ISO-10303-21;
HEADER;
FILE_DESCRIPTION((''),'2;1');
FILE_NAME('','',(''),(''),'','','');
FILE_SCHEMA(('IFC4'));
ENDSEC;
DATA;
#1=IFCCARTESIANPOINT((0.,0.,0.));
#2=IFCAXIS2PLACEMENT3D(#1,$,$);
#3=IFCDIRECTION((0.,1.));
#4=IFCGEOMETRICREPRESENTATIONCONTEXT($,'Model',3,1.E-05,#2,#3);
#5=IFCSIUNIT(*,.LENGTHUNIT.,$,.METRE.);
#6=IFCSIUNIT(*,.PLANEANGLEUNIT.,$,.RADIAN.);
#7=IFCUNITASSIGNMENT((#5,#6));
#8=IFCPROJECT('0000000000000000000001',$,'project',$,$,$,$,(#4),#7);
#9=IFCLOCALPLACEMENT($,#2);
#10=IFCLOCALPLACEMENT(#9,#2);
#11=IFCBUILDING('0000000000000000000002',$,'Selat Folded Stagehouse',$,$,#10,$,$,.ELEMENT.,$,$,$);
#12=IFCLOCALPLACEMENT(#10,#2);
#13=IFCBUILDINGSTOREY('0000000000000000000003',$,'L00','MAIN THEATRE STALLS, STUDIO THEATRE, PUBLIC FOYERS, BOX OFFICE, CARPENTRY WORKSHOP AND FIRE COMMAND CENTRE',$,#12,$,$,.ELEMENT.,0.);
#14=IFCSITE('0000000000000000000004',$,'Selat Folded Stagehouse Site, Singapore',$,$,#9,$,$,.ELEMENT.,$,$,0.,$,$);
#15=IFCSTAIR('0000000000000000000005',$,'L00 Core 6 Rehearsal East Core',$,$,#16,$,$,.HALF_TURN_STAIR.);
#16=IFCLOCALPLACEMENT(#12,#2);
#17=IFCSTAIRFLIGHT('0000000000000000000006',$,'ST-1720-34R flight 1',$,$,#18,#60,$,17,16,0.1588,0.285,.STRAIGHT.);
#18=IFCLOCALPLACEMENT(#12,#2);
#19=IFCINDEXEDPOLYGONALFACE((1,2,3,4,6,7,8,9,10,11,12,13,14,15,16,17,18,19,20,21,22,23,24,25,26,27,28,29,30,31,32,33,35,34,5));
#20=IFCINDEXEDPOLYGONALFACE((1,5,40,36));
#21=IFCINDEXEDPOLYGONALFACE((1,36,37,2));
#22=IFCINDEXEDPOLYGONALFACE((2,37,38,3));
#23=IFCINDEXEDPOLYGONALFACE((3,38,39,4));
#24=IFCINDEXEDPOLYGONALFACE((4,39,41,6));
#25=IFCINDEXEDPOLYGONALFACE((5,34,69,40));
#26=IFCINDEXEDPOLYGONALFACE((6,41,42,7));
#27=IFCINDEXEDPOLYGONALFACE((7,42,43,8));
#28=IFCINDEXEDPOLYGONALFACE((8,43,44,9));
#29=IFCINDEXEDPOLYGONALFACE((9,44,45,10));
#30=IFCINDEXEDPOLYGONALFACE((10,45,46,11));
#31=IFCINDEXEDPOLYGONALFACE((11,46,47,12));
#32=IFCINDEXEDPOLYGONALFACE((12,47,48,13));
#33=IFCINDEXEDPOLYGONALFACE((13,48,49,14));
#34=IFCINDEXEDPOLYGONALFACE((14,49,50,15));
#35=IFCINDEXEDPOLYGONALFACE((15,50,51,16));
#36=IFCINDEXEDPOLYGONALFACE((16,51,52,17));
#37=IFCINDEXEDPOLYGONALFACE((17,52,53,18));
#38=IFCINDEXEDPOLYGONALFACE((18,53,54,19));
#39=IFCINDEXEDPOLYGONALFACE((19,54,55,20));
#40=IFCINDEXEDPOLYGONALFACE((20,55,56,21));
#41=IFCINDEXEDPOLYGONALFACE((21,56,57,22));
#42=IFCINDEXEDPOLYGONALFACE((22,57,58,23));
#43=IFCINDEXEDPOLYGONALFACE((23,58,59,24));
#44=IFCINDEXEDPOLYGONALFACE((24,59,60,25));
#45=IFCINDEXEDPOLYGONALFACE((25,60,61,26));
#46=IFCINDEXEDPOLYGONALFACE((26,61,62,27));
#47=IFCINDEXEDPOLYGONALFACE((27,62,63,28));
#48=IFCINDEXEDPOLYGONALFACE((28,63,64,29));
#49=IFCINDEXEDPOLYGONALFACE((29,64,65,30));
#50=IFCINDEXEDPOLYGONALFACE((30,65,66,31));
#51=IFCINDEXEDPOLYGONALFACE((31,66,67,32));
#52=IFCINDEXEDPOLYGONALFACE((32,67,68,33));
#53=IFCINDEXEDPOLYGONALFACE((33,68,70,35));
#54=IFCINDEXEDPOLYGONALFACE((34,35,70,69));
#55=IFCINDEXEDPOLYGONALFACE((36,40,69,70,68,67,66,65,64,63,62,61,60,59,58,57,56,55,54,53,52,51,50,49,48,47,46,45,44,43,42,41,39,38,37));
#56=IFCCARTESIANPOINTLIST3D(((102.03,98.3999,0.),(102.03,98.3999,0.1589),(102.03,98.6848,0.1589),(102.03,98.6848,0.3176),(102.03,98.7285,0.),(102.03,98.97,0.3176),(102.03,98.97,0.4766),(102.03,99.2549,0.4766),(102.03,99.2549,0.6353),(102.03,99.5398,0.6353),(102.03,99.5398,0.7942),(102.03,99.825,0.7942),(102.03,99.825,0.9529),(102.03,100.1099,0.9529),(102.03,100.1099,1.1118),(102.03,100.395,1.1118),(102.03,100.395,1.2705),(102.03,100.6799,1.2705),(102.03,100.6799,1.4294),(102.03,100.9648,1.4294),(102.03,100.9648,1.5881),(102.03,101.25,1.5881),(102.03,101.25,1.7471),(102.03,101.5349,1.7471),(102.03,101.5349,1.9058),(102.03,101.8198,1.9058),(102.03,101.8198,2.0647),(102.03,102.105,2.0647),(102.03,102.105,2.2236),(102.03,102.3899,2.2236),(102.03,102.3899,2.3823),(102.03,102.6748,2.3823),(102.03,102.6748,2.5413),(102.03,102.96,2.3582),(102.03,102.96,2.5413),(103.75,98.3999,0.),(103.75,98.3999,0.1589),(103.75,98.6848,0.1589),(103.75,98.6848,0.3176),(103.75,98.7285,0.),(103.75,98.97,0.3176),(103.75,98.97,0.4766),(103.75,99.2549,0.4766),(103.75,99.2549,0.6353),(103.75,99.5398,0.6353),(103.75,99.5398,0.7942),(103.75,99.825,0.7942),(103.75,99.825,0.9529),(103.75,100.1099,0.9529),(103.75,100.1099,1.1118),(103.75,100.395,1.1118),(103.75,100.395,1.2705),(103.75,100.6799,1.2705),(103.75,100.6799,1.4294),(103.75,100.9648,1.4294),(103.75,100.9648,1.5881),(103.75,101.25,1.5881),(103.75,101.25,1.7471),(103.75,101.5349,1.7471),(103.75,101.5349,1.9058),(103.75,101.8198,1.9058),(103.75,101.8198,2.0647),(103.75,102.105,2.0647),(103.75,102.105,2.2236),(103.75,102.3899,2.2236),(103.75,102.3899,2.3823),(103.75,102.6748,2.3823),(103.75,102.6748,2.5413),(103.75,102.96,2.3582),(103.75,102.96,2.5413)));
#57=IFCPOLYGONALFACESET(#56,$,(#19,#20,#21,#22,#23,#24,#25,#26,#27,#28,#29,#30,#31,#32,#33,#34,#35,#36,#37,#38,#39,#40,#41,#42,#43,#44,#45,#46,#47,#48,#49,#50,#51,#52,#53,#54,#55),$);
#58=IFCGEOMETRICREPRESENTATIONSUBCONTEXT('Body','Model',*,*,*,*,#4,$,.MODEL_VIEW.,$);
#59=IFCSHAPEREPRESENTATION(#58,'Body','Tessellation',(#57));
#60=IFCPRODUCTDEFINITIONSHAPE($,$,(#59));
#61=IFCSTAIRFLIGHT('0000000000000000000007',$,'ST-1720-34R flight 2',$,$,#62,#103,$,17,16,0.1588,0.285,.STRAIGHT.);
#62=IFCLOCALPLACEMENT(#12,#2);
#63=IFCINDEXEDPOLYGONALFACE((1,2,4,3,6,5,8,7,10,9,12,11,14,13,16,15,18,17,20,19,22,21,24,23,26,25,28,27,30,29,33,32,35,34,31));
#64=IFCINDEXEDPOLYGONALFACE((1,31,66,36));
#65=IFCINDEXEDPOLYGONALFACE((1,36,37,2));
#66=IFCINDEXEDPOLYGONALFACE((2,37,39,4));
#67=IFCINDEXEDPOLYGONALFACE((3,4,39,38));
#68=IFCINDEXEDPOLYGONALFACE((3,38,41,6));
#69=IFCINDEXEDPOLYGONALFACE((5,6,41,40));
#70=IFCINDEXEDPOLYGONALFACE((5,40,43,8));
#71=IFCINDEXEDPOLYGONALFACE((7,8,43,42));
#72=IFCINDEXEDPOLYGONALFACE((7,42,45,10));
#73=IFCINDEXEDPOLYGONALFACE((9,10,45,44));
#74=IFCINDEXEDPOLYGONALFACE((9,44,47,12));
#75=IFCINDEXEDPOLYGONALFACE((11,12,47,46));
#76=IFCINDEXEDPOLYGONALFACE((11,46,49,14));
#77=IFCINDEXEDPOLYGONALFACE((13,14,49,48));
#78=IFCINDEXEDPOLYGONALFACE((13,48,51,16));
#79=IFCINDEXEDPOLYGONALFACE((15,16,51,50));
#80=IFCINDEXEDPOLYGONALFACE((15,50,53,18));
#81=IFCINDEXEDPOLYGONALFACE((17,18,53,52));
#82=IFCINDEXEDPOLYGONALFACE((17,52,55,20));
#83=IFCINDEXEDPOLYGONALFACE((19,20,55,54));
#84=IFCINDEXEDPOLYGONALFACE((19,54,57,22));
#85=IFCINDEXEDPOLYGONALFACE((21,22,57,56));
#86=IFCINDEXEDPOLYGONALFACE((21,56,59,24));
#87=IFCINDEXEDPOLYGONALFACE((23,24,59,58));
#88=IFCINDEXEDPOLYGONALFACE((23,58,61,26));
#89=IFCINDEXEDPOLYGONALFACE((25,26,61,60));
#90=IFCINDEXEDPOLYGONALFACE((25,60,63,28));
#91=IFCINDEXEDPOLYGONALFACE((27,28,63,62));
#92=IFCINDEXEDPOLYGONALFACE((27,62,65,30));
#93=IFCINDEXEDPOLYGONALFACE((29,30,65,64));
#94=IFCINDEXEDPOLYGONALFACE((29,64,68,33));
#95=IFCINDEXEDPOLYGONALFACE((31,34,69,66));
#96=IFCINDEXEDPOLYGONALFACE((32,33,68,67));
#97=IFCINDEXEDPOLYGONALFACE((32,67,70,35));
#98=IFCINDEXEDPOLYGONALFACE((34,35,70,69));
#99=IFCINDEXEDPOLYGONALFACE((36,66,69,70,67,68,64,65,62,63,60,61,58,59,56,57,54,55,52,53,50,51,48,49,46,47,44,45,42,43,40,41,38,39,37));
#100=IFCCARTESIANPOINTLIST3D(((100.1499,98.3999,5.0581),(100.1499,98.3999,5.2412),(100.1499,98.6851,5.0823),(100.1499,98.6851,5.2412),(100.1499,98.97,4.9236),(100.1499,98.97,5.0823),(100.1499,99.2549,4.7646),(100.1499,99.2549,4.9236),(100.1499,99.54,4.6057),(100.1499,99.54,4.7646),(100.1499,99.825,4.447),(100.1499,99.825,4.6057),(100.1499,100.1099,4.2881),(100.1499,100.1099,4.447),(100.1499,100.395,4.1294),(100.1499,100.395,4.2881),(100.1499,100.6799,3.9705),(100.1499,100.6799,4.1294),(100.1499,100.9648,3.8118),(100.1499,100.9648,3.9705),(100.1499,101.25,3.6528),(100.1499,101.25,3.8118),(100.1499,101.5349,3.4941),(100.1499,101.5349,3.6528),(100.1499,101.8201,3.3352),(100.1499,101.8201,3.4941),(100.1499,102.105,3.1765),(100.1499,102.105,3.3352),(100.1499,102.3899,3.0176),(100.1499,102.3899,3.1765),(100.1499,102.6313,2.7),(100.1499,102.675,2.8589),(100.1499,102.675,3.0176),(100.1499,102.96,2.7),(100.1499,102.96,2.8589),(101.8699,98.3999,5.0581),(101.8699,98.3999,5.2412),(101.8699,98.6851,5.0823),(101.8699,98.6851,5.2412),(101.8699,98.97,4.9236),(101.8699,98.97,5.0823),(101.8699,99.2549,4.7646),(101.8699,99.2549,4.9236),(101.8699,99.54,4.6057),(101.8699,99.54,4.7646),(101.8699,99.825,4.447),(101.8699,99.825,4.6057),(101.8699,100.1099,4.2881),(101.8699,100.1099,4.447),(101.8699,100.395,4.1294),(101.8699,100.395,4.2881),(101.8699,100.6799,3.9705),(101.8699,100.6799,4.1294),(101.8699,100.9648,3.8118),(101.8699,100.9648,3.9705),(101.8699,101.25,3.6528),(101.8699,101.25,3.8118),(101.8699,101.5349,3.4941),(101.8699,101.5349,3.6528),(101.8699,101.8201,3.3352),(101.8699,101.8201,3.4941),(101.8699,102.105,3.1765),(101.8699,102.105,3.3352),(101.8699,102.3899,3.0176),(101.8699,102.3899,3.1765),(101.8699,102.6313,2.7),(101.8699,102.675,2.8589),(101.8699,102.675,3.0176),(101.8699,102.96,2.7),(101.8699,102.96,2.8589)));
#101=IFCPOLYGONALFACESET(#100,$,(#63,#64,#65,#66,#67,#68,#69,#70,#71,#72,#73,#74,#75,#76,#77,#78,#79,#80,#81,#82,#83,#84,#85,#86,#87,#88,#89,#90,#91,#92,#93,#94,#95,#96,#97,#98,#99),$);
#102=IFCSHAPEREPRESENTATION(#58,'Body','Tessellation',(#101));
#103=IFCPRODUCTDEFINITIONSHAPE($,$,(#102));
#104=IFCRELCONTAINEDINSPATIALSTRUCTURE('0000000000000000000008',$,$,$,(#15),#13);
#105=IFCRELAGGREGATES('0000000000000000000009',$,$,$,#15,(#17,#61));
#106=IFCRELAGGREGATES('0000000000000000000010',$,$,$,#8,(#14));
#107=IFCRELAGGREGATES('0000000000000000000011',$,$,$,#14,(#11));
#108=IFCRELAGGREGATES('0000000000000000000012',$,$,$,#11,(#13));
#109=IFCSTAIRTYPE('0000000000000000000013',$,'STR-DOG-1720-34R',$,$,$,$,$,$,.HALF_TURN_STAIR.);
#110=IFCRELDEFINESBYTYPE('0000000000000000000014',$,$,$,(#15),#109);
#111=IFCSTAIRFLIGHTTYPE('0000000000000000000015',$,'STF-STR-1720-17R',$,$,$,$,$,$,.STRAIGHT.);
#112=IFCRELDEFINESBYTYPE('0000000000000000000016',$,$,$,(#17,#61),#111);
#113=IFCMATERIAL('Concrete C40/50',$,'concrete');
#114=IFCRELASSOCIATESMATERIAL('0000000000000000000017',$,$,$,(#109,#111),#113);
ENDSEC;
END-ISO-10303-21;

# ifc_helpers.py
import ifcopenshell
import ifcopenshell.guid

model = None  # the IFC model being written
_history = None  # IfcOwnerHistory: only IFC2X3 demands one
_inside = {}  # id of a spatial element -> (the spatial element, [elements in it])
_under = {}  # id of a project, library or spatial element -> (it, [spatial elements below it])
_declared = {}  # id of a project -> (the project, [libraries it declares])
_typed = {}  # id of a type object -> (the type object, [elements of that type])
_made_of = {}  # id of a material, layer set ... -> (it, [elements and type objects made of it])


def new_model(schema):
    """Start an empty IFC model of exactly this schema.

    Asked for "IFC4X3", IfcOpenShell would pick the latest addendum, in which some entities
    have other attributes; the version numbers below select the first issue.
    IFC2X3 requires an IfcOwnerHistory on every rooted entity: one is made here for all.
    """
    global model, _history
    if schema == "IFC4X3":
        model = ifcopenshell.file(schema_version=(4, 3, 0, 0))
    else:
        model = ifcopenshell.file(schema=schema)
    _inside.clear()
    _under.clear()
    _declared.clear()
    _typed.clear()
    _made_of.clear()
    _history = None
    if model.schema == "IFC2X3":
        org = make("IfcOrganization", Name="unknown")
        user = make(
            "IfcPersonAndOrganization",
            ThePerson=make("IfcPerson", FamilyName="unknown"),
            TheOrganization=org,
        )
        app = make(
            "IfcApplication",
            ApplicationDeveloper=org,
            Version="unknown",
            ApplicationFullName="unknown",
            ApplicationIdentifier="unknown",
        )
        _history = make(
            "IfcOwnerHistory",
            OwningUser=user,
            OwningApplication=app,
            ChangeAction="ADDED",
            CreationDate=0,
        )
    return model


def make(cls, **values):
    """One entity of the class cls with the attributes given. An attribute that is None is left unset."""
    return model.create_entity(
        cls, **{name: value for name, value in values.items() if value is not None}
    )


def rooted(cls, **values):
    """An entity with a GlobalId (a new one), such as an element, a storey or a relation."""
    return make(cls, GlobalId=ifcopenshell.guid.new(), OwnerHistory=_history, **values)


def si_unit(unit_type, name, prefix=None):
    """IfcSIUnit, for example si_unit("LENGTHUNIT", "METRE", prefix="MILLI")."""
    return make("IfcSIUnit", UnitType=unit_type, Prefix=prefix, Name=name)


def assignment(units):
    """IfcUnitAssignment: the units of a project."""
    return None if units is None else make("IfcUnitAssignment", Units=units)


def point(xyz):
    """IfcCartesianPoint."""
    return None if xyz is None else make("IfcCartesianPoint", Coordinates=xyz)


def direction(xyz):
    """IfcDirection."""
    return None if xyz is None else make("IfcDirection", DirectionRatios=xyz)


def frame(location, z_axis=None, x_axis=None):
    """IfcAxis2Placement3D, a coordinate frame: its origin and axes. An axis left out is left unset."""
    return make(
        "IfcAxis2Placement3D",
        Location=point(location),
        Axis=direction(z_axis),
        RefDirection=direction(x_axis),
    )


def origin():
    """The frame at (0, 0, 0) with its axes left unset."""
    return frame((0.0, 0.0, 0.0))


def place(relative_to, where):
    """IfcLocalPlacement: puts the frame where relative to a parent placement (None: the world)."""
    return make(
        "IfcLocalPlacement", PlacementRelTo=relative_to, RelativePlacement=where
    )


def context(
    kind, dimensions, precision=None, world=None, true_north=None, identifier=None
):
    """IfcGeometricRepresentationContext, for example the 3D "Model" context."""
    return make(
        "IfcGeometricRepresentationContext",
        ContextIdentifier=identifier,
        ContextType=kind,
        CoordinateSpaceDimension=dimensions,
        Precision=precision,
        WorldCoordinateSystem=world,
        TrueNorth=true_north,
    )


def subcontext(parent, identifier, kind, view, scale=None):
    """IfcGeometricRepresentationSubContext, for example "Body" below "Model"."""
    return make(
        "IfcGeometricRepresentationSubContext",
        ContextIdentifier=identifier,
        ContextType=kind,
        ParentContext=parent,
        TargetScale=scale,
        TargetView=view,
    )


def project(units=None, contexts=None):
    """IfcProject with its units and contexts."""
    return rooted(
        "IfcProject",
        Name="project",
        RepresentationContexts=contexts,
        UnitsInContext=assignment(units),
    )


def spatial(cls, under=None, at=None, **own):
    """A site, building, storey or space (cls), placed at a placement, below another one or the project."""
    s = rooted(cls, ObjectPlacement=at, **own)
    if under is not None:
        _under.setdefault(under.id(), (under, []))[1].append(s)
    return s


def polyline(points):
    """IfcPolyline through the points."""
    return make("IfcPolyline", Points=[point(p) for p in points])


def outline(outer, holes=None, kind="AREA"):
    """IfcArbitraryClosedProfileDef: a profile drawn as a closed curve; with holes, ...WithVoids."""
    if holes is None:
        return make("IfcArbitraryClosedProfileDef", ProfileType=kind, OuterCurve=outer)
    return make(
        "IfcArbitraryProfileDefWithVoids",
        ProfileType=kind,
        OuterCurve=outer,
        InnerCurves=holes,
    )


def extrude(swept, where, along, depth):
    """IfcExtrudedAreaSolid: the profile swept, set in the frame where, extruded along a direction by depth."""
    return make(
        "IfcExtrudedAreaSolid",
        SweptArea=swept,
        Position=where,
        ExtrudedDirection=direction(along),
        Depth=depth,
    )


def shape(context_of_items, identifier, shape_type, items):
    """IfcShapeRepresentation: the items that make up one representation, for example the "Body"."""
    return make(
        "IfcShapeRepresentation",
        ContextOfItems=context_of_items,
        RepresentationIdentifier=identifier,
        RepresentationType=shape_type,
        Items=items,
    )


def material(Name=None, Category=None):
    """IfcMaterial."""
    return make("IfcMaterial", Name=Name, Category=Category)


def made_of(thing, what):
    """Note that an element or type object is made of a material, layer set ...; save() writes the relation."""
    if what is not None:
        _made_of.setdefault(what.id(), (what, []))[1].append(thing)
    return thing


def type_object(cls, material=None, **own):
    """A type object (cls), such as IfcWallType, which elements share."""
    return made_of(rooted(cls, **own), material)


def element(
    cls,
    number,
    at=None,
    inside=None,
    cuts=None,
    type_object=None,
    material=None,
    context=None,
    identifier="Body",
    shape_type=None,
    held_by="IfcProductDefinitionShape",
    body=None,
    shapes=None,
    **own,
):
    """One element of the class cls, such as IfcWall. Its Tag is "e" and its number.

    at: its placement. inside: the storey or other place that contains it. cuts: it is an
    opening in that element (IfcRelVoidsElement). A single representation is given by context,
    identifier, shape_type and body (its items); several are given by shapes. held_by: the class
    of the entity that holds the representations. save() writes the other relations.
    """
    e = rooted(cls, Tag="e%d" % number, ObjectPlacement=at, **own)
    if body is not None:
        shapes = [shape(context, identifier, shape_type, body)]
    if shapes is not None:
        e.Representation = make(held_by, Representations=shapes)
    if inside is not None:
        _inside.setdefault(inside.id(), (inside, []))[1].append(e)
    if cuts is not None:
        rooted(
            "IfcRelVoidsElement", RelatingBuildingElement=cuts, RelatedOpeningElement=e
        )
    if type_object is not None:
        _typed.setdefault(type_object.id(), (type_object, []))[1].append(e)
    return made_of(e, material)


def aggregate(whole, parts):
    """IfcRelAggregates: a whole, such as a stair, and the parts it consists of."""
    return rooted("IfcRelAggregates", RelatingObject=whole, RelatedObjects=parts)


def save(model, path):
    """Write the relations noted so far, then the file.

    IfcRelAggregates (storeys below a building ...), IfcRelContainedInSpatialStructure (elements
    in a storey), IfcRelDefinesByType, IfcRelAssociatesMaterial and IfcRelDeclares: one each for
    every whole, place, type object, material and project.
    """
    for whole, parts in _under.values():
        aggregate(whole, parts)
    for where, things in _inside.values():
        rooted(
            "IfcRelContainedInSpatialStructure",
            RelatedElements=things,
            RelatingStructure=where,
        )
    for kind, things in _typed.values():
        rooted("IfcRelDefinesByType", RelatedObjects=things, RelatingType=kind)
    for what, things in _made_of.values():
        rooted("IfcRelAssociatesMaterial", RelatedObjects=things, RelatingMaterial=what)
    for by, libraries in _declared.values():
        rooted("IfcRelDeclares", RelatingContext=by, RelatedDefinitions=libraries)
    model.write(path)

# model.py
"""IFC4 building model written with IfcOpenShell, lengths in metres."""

from ifc_helpers import new_model, si_unit, direction, frame, origin, place, context, subcontext, project, spatial, polyline, outline, extrude, material, type_object, element, aggregate, save


model = new_model("IFC4")

# Units and contexts
model_context = context("Model", 3, precision=1e-05, world=origin(), true_north=direction((0.0, 1.0)))
body_context = subcontext(model_context, "Body", "Model", "MODEL_VIEW")
ifc_project = project(units=[si_unit("LENGTHUNIT", "METRE"), si_unit("PLANEANGLEUNIT", "RADIAN")], contexts=[model_context])

# Site, building, storey
site_placement = place(None, origin())
site = spatial("IfcSite", under=ifc_project, at=site_placement, Name="Selat Folded Stagehouse Site, Singapore", CompositionType="ELEMENT", RefElevation=0.0)
building_placement = place(site_placement, origin())
building = spatial("IfcBuilding", under=site, at=building_placement, Name="Selat Folded Stagehouse", CompositionType="ELEMENT")
storey_placement = place(building_placement, origin())
storey = spatial("IfcBuildingStorey", under=building, at=storey_placement, Name="L00", Description="MAIN THEATRE STALLS, STUDIO THEATRE, PUBLIC FOYERS, BOX OFFICE, CARPENTRY WORKSHOP AND FIRE COMMAND CENTRE", CompositionType="ELEMENT", Elevation=0.0)

# Shared definitions
ifc_material_1 = material(Name="Concrete C40/50", Category="concrete")

# Stair, stair flights
stair_type = type_object("IfcStairType", Name="STR-DOG-1720-34R", PredefinedType="HALF_TURN_STAIR", material=ifc_material_1)
stair_placement = place(storey_placement, origin())
stair = element("IfcStair", 1, at=stair_placement, inside=storey, type_object=stair_type, Name="L00 Core 6 Rehearsal East Core", PredefinedType="HALF_TURN_STAIR")
stair_flight_type = type_object("IfcStairFlightType", Name="STF-STR-1720-17R", PredefinedType="STRAIGHT", material=ifc_material_1)
stair_flight_1_placement = place(storey_placement, frame((102.8899, 98.3999, 0.0), z_axis=(0.0, 0.0, 1.0), x_axis=(0.0, 1.0, 0.0)))
stair_flight_1 = element("IfcStairFlight", 2, at=stair_flight_1_placement, type_object=stair_flight_type, Name="ST-1720-34R flight 1", NumberOfRisers=17, NumberOfTreads=16, PredefinedType="STRAIGHT", RiserHeight=0.1588, TreadLength=0.285, context=body_context, shape_type="SweptSolid", body=[
    extrude(outline(polyline([(0.0, 0.0), (0.0, 0.1589), (0.2849, 0.1589), (0.2849, 0.3176), (0.5701, 0.3176), (0.5701, 0.4766), (0.855, 0.4766), (0.855, 0.6353), (1.1399, 0.6353), (1.1399, 0.7942), (1.425, 0.7942), (1.425, 0.9529), (1.71, 0.9529), (1.71, 1.1118), (1.9951, 1.1118), (1.9951, 1.2705), (2.28, 1.2705), (2.28, 1.4294), (2.5649, 1.4294), (2.5649, 1.5881), (2.8501, 1.5881), (2.8501, 1.7471), (3.135, 1.7471), (3.135, 1.9058), (3.4199, 1.9058), (3.4199, 2.0647), (3.7051, 2.0647), (3.7051, 2.2236), (3.99, 2.2236), (3.99, 2.3823), (4.2749, 2.3823), (4.2749, 2.5413), (4.5601, 2.5413), (4.5601, 2.7), (4.5601, 2.3582), (0.3286, 0.0), (0.0, 0.0)])), frame((0.0, 0.8599, 0.0), z_axis=(0.0, -1.0, 0.0), x_axis=(1.0, 0.0, 0.0)), (0.0, 0.0, 1.0), 1.72),
])
stair_flight_2_placement = place(storey_placement, frame((101.01, 102.96, 2.7), z_axis=(0.0, 0.0, 1.0), x_axis=(0.0, -1.0, 0.0)))
stair_flight_2 = element("IfcStairFlight", 3, at=stair_flight_2_placement, type_object=stair_flight_type, Name="ST-1720-34R flight 2", NumberOfRisers=17, NumberOfTreads=16, PredefinedType="STRAIGHT", RiserHeight=0.1588, TreadLength=0.285, context=body_context, shape_type="SweptSolid", body=[
    extrude(outline(polyline([(0.0, 0.0), (0.0, 0.1589), (0.2849, 0.1589), (0.2849, 0.3176), (0.5701, 0.3176), (0.5701, 0.4766), (0.855, 0.4766), (0.855, 0.6353), (1.1399, 0.6353), (1.1399, 0.7942), (1.425, 0.7942), (1.425, 0.9529), (1.71, 0.9529), (1.71, 1.1118), (1.9951, 1.1118), (1.9951, 1.2705), (2.28, 1.2705), (2.28, 1.4294), (2.5649, 1.4294), (2.5649, 1.5881), (2.8501, 1.5881), (2.8501, 1.7471), (3.135, 1.7471), (3.135, 1.9058), (3.4199, 1.9058), (3.4199, 2.0647), (3.7051, 2.0647), (3.7051, 2.2236), (3.99, 2.2236), (3.99, 2.3823), (4.2749, 2.3823), (4.2749, 2.5413), (4.5601, 2.5413), (4.5601, 2.7), (4.5601, 2.3582), (0.3286, 0.0), (0.0, 0.0)])), frame((0.0, 0.8599, 0.0), z_axis=(0.0, -1.0, 0.0), x_axis=(1.0, 0.0, 0.0)), (0.0, 0.0, 1.0), 1.72),
])
aggregate(stair, [stair_flight_1, stair_flight_2])

save(model, "model.ifc")
